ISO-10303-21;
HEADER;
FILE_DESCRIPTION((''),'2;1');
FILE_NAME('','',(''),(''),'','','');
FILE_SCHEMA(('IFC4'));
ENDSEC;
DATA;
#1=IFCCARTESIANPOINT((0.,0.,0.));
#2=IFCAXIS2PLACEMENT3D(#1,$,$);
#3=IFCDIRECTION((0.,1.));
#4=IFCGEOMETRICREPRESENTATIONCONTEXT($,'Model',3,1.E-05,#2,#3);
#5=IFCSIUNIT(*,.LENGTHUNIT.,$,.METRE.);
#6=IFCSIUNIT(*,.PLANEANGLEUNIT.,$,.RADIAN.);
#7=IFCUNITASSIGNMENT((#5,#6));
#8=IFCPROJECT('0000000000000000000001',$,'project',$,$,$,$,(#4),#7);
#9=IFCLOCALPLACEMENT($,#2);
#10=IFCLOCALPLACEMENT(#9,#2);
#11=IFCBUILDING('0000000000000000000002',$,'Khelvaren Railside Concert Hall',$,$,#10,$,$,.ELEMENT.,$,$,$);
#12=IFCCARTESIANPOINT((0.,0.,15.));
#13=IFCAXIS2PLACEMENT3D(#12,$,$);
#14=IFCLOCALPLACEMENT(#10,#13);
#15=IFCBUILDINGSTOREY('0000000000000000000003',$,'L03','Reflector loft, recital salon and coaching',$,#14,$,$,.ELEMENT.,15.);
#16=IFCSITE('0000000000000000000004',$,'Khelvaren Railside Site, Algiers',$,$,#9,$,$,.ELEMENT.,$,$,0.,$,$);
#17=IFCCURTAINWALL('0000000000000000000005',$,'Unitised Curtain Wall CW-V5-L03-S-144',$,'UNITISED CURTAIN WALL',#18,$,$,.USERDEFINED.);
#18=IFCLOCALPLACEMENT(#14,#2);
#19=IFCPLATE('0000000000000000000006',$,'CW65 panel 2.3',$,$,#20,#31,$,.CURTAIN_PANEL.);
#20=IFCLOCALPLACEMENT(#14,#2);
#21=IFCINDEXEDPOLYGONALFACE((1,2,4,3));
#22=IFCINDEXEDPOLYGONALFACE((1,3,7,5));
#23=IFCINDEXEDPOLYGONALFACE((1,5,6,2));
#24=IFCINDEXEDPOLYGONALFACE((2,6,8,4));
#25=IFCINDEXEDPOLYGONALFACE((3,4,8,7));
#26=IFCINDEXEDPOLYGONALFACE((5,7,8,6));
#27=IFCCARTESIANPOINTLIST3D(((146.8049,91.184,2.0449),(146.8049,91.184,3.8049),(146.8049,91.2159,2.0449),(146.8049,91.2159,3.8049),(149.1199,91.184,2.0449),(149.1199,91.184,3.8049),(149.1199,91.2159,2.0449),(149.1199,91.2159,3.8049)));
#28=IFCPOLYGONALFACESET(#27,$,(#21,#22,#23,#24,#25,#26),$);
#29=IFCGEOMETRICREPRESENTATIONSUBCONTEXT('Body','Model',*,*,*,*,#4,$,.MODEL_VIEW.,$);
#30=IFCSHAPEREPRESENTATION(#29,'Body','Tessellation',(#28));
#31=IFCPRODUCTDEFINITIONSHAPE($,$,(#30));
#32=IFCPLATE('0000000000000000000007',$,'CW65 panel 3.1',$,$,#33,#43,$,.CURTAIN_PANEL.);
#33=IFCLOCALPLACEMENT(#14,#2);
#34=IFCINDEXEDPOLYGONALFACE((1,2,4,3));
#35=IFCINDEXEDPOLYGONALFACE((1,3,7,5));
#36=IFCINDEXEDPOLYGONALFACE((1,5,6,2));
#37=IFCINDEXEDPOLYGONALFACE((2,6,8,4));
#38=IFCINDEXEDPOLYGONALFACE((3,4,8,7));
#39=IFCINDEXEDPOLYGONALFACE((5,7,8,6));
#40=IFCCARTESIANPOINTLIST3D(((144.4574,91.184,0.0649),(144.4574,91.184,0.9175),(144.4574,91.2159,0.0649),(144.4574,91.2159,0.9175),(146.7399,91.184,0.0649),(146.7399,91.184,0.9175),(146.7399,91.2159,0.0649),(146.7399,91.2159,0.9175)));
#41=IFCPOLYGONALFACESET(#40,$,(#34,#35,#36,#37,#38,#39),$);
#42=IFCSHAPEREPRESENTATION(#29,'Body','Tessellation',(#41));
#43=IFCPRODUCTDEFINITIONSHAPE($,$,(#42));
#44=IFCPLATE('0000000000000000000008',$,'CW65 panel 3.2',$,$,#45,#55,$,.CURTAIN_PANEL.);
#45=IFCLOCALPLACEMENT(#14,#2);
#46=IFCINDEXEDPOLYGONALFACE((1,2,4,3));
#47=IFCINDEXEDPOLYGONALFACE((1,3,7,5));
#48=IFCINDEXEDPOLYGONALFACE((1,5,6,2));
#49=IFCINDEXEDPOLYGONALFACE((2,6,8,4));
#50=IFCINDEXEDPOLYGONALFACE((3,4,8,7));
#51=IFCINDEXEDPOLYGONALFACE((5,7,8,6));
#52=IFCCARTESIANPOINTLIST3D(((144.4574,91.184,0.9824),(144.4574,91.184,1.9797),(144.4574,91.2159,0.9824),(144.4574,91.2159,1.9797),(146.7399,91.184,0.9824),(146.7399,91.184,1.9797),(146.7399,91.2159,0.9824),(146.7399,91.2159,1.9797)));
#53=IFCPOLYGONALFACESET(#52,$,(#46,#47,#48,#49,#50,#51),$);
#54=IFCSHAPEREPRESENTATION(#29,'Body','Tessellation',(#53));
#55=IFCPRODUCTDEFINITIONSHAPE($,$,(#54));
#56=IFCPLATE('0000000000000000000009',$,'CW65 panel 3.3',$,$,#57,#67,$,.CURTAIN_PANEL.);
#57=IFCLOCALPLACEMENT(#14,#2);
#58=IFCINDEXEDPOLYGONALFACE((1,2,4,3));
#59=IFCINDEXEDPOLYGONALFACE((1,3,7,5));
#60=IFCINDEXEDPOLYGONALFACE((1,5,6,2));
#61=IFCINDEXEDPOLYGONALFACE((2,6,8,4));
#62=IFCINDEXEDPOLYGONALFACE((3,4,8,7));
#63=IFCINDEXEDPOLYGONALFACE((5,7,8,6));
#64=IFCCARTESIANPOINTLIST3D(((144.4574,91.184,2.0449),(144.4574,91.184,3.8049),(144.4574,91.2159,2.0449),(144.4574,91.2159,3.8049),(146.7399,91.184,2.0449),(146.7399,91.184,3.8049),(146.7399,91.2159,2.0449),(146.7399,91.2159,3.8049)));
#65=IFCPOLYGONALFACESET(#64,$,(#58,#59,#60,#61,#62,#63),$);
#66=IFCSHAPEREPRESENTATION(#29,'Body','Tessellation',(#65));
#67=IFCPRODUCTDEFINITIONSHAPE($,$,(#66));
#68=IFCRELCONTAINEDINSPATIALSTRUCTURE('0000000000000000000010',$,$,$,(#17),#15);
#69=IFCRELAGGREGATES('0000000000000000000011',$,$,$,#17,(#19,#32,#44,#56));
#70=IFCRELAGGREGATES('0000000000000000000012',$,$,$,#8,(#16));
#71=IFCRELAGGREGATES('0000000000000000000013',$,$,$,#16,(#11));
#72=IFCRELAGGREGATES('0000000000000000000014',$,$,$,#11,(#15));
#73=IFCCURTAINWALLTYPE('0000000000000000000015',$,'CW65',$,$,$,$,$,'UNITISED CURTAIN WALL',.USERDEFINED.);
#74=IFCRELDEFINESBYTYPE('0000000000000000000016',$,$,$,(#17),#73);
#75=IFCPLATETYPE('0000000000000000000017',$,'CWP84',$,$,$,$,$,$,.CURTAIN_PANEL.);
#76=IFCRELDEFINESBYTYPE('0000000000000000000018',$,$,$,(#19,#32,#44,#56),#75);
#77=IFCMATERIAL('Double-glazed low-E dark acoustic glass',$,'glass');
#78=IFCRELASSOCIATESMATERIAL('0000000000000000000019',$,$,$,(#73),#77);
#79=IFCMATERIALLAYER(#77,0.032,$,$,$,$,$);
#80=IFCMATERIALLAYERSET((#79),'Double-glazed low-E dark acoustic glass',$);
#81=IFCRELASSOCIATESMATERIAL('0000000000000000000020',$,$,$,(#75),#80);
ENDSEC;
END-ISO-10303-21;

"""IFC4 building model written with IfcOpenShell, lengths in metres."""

from ifc_helpers import new_model, si_unit, direction, frame, origin, origin_2d, place, context, subcontext, project, spatial, rectangle, extrude, material, layer, layer_set, type_object, element, aggregate, save


model = new_model("IFC4")

# Units and contexts
model_context = context("Model", 3, precision=1e-05, world=origin(), true_north=direction((0.0, 1.0)))
body_context = subcontext(model_context, "Body", "Model", "MODEL_VIEW")
ifc_project = project(units=[si_unit("LENGTHUNIT", "METRE"), si_unit("PLANEANGLEUNIT", "RADIAN")], contexts=[model_context])

# Site, building, storey
site_placement = place(None, origin())
site = spatial("IfcSite", under=ifc_project, at=site_placement, Name="Khelvaren Railside Site, Algiers", CompositionType="ELEMENT", RefElevation=0.0)
building_placement = place(site_placement, origin())
building = spatial("IfcBuilding", under=site, at=building_placement, Name="Khelvaren Railside Concert Hall", CompositionType="ELEMENT")
storey_placement = place(building_placement, frame((0.0, 0.0, 15.0)))
storey = spatial("IfcBuildingStorey", under=building, at=storey_placement, Name="L03", Description="Reflector loft, recital salon and coaching", CompositionType="ELEMENT", Elevation=15.0)

# Shared definitions
ifc_material_1 = material(Name="Double-glazed low-E dark acoustic glass", Category="glass")

# Curtain wall
curtain_wall_type_1 = type_object("IfcCurtainWallType", Name="CW65", ElementType="UNITISED CURTAIN WALL", PredefinedType="USERDEFINED", material=ifc_material_1)
curtain_wall_1_placement = place(storey_placement, origin())
curtain_wall_1 = element("IfcCurtainWall", 1, at=curtain_wall_1_placement, inside=storey, type_object=curtain_wall_type_1, Name="Unitised Curtain Wall CW-V5-L03-S-144", ObjectType="UNITISED CURTAIN WALL", PredefinedType="USERDEFINED")

# Plates
ifc_layer = layer(ifc_material_1, 0.032)
ifc_layer_set = layer_set([ifc_layer], Name="Double-glazed low-E dark acoustic glass")
plate_type = type_object("IfcPlateType", Name="CWP84", PredefinedType="CURTAIN_PANEL", material=ifc_layer_set)
plate_1_placement = place(storey_placement, frame((147.9624, 91.2, 2.0449), z_axis=(0.0, 0.0, 1.0), x_axis=(-1.0, 0.0, 0.0)))
plate_1 = element("IfcPlate", 2, at=plate_1_placement, type_object=plate_type, Name="CW65 panel 2.3", PredefinedType="CURTAIN_PANEL", context=body_context, shape_type="SweptSolid", body=[
    extrude(rectangle(XDim=2.3149, YDim=0.032, at=origin_2d()), origin(), (0.0, 0.0, 1.0), 1.76),
])
plate_2_placement = place(storey_placement, frame((145.5986, 91.2, 0.0649), z_axis=(0.0, 0.0, 1.0), x_axis=(-1.0, 0.0, 0.0)))
plate_2 = element("IfcPlate", 3, at=plate_2_placement, type_object=plate_type, Name="CW65 panel 3.1", PredefinedType="CURTAIN_PANEL", context=body_context, shape_type="SweptSolid", body=[
    extrude(rectangle(XDim=2.2825, YDim=0.032, at=origin_2d()), origin(), (0.0, 0.0, 1.0), 0.8525),
])
plate_3_placement = place(storey_placement, frame((145.5986, 91.2, 0.9824), z_axis=(0.0, 0.0, 1.0), x_axis=(-1.0, 0.0, 0.0)))
plate_3 = element("IfcPlate", 4, at=plate_3_placement, type_object=plate_type, Name="CW65 panel 3.2", PredefinedType="CURTAIN_PANEL", context=body_context, shape_type="SweptSolid", body=[
    extrude(rectangle(XDim=2.2825, YDim=0.032, at=origin_2d()), origin(), (0.0, 0.0, 1.0), 0.9973),
])
plate_4_placement = place(storey_placement, frame((145.5986, 91.2, 2.0449), z_axis=(0.0, 0.0, 1.0), x_axis=(-1.0, 0.0, 0.0)))
plate_4 = element("IfcPlate", 5, at=plate_4_placement, type_object=plate_type, Name="CW65 panel 3.3", PredefinedType="CURTAIN_PANEL", context=body_context, shape_type="SweptSolid", body=[
    extrude(rectangle(XDim=2.2825, YDim=0.032, at=origin_2d()), origin(), (0.0, 0.0, 1.0), 1.76),
])
aggregate(curtain_wall_1, [plate_1, plate_2, plate_3, plate_4])

save(model, "model.ifc")
